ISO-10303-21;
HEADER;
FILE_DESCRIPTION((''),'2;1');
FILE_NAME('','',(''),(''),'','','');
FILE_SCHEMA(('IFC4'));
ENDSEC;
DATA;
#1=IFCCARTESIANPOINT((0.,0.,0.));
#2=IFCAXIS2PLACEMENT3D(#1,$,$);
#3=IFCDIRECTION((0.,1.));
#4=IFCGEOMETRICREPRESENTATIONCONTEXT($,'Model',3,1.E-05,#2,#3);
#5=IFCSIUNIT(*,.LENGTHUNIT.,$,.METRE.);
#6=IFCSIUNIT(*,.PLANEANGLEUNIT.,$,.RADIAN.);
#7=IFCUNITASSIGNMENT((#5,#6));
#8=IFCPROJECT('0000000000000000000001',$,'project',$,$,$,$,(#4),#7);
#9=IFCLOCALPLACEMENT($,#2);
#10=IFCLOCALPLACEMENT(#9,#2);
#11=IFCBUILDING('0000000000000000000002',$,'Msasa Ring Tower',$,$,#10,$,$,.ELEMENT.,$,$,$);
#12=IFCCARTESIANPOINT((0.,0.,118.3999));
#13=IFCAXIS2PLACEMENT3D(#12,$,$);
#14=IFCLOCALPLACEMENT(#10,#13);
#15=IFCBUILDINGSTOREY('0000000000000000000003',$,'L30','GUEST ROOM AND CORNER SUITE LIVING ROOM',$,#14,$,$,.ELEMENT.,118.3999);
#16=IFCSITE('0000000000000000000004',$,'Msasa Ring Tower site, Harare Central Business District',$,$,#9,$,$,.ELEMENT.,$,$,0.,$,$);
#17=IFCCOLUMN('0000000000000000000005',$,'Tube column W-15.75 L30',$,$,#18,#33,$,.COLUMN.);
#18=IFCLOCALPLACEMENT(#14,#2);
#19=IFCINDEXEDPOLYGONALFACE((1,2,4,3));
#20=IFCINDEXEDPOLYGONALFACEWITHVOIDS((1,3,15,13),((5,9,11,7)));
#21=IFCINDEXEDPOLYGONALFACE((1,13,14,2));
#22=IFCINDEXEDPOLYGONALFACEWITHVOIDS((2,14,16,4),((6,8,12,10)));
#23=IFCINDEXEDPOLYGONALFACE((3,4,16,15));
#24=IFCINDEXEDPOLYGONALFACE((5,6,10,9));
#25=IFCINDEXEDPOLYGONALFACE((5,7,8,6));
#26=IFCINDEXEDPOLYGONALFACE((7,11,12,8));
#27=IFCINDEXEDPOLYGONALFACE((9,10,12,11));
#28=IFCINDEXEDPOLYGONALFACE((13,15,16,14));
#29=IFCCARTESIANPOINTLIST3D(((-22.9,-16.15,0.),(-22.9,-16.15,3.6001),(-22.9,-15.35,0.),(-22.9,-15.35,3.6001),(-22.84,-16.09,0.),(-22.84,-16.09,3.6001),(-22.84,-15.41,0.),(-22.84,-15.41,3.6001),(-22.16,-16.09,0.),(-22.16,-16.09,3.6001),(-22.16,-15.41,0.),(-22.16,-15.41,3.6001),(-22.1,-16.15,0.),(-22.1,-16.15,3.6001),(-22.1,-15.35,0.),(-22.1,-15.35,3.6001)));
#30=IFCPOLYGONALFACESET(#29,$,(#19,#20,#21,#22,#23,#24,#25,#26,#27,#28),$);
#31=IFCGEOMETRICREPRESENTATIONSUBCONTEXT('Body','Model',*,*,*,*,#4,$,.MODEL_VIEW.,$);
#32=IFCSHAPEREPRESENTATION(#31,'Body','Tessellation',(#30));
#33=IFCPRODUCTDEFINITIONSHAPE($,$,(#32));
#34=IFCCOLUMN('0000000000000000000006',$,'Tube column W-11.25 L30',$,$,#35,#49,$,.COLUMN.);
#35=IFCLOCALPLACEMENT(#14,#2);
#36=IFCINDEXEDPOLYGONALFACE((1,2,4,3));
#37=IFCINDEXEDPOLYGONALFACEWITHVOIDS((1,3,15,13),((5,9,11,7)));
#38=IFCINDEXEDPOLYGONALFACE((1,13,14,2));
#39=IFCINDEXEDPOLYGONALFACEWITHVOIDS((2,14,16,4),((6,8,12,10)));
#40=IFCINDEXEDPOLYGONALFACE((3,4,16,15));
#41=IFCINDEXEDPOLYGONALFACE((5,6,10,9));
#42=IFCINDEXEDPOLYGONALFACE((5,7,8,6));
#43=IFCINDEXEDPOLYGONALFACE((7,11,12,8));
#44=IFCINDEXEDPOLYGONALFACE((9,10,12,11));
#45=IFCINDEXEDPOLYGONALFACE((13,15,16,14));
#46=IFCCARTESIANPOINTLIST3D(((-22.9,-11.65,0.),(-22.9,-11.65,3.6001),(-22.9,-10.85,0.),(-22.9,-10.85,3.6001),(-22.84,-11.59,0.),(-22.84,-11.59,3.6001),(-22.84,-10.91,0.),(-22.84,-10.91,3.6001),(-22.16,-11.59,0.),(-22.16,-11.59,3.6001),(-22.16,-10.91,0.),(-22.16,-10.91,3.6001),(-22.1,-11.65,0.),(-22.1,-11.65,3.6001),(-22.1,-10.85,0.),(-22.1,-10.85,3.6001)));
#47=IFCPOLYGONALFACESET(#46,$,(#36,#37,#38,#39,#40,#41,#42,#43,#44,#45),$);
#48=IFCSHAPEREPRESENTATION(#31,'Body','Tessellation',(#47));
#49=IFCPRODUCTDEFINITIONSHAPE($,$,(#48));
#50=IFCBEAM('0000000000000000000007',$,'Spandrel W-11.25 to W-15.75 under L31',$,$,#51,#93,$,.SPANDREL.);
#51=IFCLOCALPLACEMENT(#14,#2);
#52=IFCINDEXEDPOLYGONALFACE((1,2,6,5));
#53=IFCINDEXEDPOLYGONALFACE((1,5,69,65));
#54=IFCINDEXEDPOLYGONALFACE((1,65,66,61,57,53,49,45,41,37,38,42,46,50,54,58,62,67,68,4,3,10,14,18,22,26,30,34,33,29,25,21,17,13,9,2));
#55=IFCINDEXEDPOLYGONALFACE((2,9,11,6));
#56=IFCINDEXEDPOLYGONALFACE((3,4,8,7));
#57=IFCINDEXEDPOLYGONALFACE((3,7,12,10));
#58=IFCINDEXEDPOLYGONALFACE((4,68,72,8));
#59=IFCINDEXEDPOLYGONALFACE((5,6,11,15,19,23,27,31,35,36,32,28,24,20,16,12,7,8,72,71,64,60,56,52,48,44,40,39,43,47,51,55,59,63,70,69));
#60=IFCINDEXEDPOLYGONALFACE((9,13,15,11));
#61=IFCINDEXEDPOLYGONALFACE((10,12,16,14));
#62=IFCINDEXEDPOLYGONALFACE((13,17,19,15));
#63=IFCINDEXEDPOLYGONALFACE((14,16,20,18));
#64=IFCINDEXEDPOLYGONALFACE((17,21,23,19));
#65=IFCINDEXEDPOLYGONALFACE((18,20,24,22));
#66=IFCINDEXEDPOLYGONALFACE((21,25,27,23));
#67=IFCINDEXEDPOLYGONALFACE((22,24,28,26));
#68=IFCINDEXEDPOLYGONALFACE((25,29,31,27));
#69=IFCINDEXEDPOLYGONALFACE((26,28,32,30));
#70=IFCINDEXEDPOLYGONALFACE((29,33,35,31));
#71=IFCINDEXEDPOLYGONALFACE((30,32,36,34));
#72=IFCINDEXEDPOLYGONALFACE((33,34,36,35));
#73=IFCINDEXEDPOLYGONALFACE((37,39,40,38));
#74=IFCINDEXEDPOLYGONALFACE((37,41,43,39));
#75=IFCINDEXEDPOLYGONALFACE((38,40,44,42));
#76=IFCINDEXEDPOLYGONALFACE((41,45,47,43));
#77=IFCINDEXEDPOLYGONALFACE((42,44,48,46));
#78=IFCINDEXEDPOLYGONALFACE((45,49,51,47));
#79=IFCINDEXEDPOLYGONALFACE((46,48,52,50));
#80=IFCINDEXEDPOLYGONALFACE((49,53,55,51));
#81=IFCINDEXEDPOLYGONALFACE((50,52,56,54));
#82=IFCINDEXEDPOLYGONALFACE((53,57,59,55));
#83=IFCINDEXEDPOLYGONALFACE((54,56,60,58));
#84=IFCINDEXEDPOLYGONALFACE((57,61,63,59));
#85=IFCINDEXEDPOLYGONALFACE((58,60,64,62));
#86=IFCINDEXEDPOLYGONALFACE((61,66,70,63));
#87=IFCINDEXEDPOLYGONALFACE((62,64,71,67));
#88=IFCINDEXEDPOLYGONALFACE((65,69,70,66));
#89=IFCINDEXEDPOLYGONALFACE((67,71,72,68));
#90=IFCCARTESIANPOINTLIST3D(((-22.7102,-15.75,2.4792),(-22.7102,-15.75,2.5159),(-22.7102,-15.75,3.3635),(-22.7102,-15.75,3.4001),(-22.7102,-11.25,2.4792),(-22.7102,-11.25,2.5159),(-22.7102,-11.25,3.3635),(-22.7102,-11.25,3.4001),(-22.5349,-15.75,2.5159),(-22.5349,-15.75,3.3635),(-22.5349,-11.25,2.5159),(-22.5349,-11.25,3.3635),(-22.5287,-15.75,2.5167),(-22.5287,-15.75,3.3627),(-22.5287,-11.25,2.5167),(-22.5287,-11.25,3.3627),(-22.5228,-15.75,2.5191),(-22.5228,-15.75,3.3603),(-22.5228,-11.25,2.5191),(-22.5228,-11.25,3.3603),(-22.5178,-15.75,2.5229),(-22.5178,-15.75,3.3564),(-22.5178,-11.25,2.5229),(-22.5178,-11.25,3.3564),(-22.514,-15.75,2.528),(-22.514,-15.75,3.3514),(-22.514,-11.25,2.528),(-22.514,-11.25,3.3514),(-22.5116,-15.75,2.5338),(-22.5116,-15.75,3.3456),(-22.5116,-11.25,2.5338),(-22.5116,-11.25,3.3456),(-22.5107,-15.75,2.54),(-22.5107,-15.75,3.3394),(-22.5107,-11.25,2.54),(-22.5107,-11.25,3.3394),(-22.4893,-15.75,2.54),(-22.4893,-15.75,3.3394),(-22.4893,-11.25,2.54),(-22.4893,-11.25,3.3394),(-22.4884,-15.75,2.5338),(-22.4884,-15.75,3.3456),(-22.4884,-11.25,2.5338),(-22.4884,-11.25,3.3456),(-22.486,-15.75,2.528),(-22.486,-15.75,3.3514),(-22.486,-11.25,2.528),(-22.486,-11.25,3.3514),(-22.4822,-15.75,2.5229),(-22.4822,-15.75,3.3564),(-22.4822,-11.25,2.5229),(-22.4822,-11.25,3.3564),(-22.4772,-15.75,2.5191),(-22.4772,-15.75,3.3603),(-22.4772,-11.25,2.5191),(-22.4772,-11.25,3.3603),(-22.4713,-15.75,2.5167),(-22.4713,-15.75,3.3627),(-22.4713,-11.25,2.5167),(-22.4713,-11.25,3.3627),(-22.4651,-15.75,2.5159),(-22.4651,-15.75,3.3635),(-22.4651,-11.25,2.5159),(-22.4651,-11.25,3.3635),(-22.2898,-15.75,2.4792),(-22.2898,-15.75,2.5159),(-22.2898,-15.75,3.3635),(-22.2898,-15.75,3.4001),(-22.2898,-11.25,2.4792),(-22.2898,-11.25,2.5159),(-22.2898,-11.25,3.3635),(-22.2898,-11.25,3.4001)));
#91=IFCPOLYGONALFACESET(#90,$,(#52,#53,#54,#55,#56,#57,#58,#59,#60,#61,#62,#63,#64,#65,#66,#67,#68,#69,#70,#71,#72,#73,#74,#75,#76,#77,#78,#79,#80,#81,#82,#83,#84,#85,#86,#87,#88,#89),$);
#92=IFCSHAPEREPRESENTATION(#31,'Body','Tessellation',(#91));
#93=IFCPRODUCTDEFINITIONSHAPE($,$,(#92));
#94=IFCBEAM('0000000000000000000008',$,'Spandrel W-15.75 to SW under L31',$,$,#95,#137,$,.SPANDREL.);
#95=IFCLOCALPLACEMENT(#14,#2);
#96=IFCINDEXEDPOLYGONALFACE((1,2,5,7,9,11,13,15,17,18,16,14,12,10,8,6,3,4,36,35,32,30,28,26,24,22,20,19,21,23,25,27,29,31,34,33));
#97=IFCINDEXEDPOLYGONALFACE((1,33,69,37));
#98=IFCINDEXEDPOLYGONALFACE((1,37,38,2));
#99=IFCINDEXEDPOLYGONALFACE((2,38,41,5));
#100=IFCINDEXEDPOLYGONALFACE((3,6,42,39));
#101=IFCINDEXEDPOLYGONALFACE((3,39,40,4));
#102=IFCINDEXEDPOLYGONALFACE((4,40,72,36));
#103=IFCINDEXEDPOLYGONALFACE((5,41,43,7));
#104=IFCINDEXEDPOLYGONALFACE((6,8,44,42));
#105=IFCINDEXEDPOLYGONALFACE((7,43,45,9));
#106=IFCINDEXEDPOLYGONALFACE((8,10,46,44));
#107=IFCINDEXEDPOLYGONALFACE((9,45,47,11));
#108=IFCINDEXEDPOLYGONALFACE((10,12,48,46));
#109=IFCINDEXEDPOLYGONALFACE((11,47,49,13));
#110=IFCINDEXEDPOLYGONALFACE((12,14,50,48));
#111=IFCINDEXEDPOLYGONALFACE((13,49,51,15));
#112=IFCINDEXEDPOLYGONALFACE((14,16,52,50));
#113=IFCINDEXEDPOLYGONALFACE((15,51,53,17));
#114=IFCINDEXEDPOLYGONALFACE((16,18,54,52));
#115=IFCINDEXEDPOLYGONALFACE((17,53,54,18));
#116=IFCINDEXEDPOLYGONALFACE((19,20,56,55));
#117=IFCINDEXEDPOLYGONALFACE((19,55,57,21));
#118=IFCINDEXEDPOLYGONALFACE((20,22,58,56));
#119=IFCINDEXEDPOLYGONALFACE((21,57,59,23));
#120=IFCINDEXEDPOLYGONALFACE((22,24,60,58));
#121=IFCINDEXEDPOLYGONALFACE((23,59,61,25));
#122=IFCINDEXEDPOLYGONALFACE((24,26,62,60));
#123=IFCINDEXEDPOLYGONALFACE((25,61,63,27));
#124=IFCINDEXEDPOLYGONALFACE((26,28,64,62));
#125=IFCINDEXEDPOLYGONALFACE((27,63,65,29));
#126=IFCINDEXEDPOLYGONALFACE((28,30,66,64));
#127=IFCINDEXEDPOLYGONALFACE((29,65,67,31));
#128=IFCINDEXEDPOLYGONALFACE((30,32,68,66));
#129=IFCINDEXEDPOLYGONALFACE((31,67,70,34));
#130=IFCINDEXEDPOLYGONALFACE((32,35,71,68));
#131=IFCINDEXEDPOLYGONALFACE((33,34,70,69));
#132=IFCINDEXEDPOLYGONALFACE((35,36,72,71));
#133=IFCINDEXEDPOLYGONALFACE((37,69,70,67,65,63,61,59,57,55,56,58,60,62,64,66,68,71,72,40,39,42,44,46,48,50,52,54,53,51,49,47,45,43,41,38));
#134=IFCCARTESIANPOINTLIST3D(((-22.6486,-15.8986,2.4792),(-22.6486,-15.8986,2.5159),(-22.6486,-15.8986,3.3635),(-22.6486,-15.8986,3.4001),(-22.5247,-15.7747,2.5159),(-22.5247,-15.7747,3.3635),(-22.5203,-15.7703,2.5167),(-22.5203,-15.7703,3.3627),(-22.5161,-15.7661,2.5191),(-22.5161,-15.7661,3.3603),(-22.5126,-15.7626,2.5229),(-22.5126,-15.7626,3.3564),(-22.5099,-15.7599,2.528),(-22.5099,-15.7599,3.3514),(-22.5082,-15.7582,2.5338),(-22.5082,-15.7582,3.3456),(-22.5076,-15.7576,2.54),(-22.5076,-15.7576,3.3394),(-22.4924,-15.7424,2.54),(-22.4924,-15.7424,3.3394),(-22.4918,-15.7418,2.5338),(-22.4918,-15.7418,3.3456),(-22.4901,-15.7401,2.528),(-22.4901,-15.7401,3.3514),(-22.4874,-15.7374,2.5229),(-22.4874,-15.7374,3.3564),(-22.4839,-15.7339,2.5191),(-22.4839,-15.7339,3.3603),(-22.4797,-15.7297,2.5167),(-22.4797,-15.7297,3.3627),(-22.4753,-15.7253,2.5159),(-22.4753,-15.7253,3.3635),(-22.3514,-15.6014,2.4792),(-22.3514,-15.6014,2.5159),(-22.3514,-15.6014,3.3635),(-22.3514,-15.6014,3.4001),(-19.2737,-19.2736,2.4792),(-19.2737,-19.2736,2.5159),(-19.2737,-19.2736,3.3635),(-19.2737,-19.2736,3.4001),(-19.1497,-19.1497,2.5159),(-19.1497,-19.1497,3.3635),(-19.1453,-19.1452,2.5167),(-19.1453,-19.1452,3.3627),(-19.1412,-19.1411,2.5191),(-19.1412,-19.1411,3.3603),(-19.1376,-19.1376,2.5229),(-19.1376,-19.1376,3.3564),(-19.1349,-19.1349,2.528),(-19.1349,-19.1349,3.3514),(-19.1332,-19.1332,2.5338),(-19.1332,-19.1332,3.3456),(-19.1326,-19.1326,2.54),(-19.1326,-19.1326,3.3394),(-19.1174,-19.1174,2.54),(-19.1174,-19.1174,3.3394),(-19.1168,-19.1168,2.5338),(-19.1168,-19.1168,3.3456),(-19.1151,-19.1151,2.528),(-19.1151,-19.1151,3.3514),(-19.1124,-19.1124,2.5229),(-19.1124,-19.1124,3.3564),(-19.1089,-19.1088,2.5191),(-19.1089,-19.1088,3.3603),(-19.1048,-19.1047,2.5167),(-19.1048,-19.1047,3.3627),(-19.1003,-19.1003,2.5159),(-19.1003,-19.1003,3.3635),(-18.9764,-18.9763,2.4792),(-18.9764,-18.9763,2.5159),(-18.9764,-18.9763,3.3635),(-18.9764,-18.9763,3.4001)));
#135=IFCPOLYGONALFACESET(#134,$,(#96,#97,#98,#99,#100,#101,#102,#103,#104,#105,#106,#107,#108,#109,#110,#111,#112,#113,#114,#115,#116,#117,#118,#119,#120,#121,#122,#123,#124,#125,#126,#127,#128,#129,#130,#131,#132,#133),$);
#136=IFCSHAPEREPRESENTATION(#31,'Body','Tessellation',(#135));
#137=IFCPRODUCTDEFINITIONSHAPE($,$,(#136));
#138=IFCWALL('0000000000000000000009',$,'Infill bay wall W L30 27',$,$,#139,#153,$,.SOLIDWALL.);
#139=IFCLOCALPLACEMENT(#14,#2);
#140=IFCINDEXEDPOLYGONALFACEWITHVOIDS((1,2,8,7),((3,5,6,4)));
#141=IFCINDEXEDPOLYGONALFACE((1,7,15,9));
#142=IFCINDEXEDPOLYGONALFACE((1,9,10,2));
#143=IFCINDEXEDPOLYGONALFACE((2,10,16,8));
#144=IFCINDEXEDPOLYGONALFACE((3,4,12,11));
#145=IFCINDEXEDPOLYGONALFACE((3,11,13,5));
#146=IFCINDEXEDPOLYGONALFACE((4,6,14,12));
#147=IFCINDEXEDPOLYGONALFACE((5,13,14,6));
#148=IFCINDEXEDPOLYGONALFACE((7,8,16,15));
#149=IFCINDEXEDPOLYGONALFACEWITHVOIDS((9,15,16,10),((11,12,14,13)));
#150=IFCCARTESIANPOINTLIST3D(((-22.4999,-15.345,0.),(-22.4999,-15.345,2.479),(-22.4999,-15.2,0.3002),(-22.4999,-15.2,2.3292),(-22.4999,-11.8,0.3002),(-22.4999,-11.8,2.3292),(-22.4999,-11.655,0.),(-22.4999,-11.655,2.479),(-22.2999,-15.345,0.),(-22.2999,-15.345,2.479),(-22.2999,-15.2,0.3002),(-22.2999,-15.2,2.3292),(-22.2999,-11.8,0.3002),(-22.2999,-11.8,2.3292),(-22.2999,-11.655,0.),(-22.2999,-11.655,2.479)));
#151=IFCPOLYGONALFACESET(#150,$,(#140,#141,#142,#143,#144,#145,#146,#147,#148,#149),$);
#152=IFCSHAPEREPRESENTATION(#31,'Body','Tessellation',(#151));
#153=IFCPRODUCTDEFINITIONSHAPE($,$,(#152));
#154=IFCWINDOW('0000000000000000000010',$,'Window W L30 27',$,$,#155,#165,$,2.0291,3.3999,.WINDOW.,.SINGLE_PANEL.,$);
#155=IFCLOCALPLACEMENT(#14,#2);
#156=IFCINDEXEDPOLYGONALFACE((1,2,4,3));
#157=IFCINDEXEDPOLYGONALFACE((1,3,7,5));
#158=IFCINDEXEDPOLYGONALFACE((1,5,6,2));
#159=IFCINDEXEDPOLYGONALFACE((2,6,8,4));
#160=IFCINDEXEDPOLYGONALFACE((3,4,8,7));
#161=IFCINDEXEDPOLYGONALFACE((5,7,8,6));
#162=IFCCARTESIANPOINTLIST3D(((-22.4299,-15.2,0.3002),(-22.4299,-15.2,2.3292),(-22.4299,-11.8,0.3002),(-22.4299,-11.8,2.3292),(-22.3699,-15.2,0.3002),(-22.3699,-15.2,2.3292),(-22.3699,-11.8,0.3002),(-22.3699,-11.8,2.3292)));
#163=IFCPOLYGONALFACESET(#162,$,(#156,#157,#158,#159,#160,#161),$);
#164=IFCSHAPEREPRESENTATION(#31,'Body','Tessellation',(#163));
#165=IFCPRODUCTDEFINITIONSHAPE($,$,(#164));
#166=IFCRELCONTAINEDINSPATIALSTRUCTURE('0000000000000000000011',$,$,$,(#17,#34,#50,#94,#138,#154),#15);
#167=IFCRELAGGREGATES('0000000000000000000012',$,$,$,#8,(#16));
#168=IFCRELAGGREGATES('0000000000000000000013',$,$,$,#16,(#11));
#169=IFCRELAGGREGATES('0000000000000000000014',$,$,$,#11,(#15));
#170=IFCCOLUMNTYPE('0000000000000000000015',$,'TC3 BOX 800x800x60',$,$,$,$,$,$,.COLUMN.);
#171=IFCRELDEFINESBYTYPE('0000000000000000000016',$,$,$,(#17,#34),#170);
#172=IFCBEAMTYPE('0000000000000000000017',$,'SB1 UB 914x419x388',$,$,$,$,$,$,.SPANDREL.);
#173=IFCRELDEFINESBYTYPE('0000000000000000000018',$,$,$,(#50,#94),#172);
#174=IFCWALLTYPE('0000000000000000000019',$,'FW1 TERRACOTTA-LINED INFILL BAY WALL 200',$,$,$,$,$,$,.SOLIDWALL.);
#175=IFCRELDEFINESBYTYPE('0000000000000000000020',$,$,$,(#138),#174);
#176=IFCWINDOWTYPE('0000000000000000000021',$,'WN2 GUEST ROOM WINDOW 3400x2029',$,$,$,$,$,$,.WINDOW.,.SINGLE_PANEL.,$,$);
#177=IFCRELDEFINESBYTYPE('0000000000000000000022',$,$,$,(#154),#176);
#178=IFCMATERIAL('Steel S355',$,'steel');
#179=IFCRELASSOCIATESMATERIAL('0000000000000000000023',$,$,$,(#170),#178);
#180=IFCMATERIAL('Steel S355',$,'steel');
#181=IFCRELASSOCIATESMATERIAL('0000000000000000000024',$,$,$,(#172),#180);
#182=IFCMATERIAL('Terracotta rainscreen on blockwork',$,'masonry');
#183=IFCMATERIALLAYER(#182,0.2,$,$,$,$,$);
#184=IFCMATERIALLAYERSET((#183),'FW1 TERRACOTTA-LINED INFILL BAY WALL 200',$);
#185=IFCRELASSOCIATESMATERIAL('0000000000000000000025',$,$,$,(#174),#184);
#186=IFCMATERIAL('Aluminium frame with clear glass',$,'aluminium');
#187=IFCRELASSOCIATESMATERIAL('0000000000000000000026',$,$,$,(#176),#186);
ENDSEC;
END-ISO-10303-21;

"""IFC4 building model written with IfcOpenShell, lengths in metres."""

from ifc_helpers import new_model, si_unit, direction, frame, frame_2d, origin, origin_2d, place, context, subcontext, project, spatial, rectangle, hollow_rectangle, i_section, extrude, material, layer, layer_set, material_profile, profile_set, type_object, element, fill, save


model = new_model("IFC4")

# Units and contexts
model_context = context("Model", 3, precision=1e-05, world=origin(), true_north=direction((0.0, 1.0)))
body_context = subcontext(model_context, "Body", "Model", "MODEL_VIEW")
ifc_project = project(units=[si_unit("LENGTHUNIT", "METRE"), si_unit("PLANEANGLEUNIT", "RADIAN")], contexts=[model_context])

# Site, building, storey
site_placement = place(None, origin())
site = spatial("IfcSite", under=ifc_project, at=site_placement, Name="Msasa Ring Tower site, Harare Central Business District", CompositionType="ELEMENT", RefElevation=0.0)
building_placement = place(site_placement, origin())
building = spatial("IfcBuilding", under=site, at=building_placement, Name="Msasa Ring Tower", CompositionType="ELEMENT")
storey_placement = place(building_placement, frame((0.0, 0.0, 118.3999)))
storey = spatial("IfcBuildingStorey", under=building, at=storey_placement, Name="L30", Description="GUEST ROOM AND CORNER SUITE LIVING ROOM", CompositionType="ELEMENT", Elevation=118.3999)

# Columns
ifc_material_1 = material(Name="Steel S355", Category="steel")
ifc_material_profile_1 = material_profile(ifc_material_1, hollow_rectangle(XDim=0.8, YDim=0.8, WallThickness=0.0601, at=origin_2d()), Name="BOX 800x800x60")
ifc_profile_set_1 = profile_set([ifc_material_profile_1], Name="Steel S355")
column_type = type_object("IfcColumnType", Name="TC3 BOX 800x800x60", PredefinedType="COLUMN", material=ifc_profile_set_1)
for number, where, z_axis, x_axis, name in (
    (1, (-22.5, -15.75, 0.0), (0.0, 0.0, 1.0), (1.0, 0.0, 0.0), "Tube column W-15.75 L30"),
    (2, (-22.5, -11.25, 0.0), (0.0, 0.0, 1.0), (1.0, 0.0, 0.0), "Tube column W-11.25 L30"),
):
    element("IfcColumn", number, at=place(storey_placement, frame(where, z_axis=z_axis, x_axis=x_axis)), inside=storey, type_object=column_type, Name=name, PredefinedType="COLUMN", context=body_context, shape_type="SweptSolid", body=[
        extrude(hollow_rectangle(XDim=0.8, YDim=0.8, WallThickness=0.0601, at=origin_2d()), origin(), (0.0, 0.0, 1.0), 3.6001),
    ])

# Beams
ifc_material_2 = material(Name="Steel S355", Category="steel")
ifc_material_profile_2 = material_profile(ifc_material_2, i_section(OverallWidth=0.4204, OverallDepth=0.9209, WebThickness=0.0215, FlangeThickness=0.0366, FilletRadius=0.0242, at=origin_2d()), Name="UB 914x419x388")
ifc_profile_set_2 = profile_set([ifc_material_profile_2], Name="Steel S355")
beam_type = type_object("IfcBeamType", Name="SB1 UB 914x419x388", PredefinedType="SPANDREL", material=ifc_profile_set_2)
beam_1_placement = place(storey_placement, frame((-22.5, -11.25, 2.9397), z_axis=(0.0, -1.0, 0.0), x_axis=(1.0, 0.0, 0.0)))
element("IfcBeam", 3, at=beam_1_placement, inside=storey, type_object=beam_type, Name="Spandrel W-11.25 to W-15.75 under L31", PredefinedType="SPANDREL", context=body_context, shape_type="SweptSolid", body=[
    extrude(i_section(OverallWidth=0.4204, OverallDepth=0.9209, WebThickness=0.0215, FlangeThickness=0.0366, FilletRadius=0.0242, at=origin_2d()), origin(), (0.0, 0.0, 1.0), 4.5),
])
beam_2_placement = place(storey_placement, frame((-22.5, -15.75, 2.9397), z_axis=(0.707107, -0.707107, 0.0), x_axis=(0.707107, 0.707107, 0.0)))
element("IfcBeam", 4, at=beam_2_placement, inside=storey, type_object=beam_type, Name="Spandrel W-15.75 to SW under L31", PredefinedType="SPANDREL", context=body_context, shape_type="SweptSolid", body=[
    extrude(i_section(OverallWidth=0.4204, OverallDepth=0.9209, WebThickness=0.0215, FlangeThickness=0.0366, FilletRadius=0.0242, at=origin_2d()), origin(), (0.0, 0.0, 1.0), 4.7729),
])

# Wall, opening, window
ifc_material_3 = material(Name="Terracotta rainscreen on blockwork", Category="masonry")
ifc_layer = layer(ifc_material_3, 0.2)
ifc_layer_set = layer_set([ifc_layer], Name="FW1 TERRACOTTA-LINED INFILL BAY WALL 200")
wall_type = type_object("IfcWallType", Name="FW1 TERRACOTTA-LINED INFILL BAY WALL 200", PredefinedType="SOLIDWALL", material=ifc_layer_set)
wall_1_placement = place(storey_placement, frame((-22.3999, -15.345, 0.0), z_axis=(0.0, 0.0, 1.0), x_axis=(0.0, 1.0, 0.0)))
wall_1 = element("IfcWall", 5, at=wall_1_placement, inside=storey, type_object=wall_type, Name="Infill bay wall W L30 27", PredefinedType="SOLIDWALL", context=body_context, shape_type="SweptSolid", body=[
    extrude(rectangle(XDim=3.6899, YDim=0.2, at=frame_2d((1.845, 0.0))), origin(), (0.0, 0.0, 1.0), 2.479),
])
opening_1_placement = place(wall_1_placement, frame((0.145, 0.0, 0.3)))
opening_1 = element("IfcOpeningElement", 6, at=opening_1_placement, cuts=wall_1, PredefinedType="OPENING", context=body_context, shape_type="SweptSolid", body=[
    extrude(rectangle(XDim=3.3999, YDim=2.0291, at=frame_2d((1.7, 1.0146))), frame((0.0, 0.1099, 0.0), z_axis=(0.0, -1.0, 0.0), x_axis=(1.0, 0.0, 0.0)), (0.0, 0.0, 1.0), 0.22),
])
ifc_material_4 = material(Name="Aluminium frame with clear glass", Category="aluminium")
window_type = type_object("IfcWindowType", Name="WN2 GUEST ROOM WINDOW 3400x2029", PartitioningType="SINGLE_PANEL", PredefinedType="WINDOW", material=ifc_material_4)
window_1_placement = place(opening_1_placement, origin())
window_1 = element("IfcWindow", 7, at=window_1_placement, inside=storey, type_object=window_type, Name="Window W L30 27", OverallHeight=2.0291, OverallWidth=3.3999, PartitioningType="SINGLE_PANEL", PredefinedType="WINDOW", context=body_context, shape_type="SweptSolid", body=[
    extrude(rectangle(XDim=3.3999, YDim=2.0291, at=frame_2d((1.7, 1.0146))), frame((0.0, 0.03, 0.0), z_axis=(0.0, -1.0, 0.0), x_axis=(1.0, 0.0, 0.0)), (0.0, 0.0, 1.0), 0.0601),
])
fill(opening_1, window_1)

save(model, "model.ifc")
